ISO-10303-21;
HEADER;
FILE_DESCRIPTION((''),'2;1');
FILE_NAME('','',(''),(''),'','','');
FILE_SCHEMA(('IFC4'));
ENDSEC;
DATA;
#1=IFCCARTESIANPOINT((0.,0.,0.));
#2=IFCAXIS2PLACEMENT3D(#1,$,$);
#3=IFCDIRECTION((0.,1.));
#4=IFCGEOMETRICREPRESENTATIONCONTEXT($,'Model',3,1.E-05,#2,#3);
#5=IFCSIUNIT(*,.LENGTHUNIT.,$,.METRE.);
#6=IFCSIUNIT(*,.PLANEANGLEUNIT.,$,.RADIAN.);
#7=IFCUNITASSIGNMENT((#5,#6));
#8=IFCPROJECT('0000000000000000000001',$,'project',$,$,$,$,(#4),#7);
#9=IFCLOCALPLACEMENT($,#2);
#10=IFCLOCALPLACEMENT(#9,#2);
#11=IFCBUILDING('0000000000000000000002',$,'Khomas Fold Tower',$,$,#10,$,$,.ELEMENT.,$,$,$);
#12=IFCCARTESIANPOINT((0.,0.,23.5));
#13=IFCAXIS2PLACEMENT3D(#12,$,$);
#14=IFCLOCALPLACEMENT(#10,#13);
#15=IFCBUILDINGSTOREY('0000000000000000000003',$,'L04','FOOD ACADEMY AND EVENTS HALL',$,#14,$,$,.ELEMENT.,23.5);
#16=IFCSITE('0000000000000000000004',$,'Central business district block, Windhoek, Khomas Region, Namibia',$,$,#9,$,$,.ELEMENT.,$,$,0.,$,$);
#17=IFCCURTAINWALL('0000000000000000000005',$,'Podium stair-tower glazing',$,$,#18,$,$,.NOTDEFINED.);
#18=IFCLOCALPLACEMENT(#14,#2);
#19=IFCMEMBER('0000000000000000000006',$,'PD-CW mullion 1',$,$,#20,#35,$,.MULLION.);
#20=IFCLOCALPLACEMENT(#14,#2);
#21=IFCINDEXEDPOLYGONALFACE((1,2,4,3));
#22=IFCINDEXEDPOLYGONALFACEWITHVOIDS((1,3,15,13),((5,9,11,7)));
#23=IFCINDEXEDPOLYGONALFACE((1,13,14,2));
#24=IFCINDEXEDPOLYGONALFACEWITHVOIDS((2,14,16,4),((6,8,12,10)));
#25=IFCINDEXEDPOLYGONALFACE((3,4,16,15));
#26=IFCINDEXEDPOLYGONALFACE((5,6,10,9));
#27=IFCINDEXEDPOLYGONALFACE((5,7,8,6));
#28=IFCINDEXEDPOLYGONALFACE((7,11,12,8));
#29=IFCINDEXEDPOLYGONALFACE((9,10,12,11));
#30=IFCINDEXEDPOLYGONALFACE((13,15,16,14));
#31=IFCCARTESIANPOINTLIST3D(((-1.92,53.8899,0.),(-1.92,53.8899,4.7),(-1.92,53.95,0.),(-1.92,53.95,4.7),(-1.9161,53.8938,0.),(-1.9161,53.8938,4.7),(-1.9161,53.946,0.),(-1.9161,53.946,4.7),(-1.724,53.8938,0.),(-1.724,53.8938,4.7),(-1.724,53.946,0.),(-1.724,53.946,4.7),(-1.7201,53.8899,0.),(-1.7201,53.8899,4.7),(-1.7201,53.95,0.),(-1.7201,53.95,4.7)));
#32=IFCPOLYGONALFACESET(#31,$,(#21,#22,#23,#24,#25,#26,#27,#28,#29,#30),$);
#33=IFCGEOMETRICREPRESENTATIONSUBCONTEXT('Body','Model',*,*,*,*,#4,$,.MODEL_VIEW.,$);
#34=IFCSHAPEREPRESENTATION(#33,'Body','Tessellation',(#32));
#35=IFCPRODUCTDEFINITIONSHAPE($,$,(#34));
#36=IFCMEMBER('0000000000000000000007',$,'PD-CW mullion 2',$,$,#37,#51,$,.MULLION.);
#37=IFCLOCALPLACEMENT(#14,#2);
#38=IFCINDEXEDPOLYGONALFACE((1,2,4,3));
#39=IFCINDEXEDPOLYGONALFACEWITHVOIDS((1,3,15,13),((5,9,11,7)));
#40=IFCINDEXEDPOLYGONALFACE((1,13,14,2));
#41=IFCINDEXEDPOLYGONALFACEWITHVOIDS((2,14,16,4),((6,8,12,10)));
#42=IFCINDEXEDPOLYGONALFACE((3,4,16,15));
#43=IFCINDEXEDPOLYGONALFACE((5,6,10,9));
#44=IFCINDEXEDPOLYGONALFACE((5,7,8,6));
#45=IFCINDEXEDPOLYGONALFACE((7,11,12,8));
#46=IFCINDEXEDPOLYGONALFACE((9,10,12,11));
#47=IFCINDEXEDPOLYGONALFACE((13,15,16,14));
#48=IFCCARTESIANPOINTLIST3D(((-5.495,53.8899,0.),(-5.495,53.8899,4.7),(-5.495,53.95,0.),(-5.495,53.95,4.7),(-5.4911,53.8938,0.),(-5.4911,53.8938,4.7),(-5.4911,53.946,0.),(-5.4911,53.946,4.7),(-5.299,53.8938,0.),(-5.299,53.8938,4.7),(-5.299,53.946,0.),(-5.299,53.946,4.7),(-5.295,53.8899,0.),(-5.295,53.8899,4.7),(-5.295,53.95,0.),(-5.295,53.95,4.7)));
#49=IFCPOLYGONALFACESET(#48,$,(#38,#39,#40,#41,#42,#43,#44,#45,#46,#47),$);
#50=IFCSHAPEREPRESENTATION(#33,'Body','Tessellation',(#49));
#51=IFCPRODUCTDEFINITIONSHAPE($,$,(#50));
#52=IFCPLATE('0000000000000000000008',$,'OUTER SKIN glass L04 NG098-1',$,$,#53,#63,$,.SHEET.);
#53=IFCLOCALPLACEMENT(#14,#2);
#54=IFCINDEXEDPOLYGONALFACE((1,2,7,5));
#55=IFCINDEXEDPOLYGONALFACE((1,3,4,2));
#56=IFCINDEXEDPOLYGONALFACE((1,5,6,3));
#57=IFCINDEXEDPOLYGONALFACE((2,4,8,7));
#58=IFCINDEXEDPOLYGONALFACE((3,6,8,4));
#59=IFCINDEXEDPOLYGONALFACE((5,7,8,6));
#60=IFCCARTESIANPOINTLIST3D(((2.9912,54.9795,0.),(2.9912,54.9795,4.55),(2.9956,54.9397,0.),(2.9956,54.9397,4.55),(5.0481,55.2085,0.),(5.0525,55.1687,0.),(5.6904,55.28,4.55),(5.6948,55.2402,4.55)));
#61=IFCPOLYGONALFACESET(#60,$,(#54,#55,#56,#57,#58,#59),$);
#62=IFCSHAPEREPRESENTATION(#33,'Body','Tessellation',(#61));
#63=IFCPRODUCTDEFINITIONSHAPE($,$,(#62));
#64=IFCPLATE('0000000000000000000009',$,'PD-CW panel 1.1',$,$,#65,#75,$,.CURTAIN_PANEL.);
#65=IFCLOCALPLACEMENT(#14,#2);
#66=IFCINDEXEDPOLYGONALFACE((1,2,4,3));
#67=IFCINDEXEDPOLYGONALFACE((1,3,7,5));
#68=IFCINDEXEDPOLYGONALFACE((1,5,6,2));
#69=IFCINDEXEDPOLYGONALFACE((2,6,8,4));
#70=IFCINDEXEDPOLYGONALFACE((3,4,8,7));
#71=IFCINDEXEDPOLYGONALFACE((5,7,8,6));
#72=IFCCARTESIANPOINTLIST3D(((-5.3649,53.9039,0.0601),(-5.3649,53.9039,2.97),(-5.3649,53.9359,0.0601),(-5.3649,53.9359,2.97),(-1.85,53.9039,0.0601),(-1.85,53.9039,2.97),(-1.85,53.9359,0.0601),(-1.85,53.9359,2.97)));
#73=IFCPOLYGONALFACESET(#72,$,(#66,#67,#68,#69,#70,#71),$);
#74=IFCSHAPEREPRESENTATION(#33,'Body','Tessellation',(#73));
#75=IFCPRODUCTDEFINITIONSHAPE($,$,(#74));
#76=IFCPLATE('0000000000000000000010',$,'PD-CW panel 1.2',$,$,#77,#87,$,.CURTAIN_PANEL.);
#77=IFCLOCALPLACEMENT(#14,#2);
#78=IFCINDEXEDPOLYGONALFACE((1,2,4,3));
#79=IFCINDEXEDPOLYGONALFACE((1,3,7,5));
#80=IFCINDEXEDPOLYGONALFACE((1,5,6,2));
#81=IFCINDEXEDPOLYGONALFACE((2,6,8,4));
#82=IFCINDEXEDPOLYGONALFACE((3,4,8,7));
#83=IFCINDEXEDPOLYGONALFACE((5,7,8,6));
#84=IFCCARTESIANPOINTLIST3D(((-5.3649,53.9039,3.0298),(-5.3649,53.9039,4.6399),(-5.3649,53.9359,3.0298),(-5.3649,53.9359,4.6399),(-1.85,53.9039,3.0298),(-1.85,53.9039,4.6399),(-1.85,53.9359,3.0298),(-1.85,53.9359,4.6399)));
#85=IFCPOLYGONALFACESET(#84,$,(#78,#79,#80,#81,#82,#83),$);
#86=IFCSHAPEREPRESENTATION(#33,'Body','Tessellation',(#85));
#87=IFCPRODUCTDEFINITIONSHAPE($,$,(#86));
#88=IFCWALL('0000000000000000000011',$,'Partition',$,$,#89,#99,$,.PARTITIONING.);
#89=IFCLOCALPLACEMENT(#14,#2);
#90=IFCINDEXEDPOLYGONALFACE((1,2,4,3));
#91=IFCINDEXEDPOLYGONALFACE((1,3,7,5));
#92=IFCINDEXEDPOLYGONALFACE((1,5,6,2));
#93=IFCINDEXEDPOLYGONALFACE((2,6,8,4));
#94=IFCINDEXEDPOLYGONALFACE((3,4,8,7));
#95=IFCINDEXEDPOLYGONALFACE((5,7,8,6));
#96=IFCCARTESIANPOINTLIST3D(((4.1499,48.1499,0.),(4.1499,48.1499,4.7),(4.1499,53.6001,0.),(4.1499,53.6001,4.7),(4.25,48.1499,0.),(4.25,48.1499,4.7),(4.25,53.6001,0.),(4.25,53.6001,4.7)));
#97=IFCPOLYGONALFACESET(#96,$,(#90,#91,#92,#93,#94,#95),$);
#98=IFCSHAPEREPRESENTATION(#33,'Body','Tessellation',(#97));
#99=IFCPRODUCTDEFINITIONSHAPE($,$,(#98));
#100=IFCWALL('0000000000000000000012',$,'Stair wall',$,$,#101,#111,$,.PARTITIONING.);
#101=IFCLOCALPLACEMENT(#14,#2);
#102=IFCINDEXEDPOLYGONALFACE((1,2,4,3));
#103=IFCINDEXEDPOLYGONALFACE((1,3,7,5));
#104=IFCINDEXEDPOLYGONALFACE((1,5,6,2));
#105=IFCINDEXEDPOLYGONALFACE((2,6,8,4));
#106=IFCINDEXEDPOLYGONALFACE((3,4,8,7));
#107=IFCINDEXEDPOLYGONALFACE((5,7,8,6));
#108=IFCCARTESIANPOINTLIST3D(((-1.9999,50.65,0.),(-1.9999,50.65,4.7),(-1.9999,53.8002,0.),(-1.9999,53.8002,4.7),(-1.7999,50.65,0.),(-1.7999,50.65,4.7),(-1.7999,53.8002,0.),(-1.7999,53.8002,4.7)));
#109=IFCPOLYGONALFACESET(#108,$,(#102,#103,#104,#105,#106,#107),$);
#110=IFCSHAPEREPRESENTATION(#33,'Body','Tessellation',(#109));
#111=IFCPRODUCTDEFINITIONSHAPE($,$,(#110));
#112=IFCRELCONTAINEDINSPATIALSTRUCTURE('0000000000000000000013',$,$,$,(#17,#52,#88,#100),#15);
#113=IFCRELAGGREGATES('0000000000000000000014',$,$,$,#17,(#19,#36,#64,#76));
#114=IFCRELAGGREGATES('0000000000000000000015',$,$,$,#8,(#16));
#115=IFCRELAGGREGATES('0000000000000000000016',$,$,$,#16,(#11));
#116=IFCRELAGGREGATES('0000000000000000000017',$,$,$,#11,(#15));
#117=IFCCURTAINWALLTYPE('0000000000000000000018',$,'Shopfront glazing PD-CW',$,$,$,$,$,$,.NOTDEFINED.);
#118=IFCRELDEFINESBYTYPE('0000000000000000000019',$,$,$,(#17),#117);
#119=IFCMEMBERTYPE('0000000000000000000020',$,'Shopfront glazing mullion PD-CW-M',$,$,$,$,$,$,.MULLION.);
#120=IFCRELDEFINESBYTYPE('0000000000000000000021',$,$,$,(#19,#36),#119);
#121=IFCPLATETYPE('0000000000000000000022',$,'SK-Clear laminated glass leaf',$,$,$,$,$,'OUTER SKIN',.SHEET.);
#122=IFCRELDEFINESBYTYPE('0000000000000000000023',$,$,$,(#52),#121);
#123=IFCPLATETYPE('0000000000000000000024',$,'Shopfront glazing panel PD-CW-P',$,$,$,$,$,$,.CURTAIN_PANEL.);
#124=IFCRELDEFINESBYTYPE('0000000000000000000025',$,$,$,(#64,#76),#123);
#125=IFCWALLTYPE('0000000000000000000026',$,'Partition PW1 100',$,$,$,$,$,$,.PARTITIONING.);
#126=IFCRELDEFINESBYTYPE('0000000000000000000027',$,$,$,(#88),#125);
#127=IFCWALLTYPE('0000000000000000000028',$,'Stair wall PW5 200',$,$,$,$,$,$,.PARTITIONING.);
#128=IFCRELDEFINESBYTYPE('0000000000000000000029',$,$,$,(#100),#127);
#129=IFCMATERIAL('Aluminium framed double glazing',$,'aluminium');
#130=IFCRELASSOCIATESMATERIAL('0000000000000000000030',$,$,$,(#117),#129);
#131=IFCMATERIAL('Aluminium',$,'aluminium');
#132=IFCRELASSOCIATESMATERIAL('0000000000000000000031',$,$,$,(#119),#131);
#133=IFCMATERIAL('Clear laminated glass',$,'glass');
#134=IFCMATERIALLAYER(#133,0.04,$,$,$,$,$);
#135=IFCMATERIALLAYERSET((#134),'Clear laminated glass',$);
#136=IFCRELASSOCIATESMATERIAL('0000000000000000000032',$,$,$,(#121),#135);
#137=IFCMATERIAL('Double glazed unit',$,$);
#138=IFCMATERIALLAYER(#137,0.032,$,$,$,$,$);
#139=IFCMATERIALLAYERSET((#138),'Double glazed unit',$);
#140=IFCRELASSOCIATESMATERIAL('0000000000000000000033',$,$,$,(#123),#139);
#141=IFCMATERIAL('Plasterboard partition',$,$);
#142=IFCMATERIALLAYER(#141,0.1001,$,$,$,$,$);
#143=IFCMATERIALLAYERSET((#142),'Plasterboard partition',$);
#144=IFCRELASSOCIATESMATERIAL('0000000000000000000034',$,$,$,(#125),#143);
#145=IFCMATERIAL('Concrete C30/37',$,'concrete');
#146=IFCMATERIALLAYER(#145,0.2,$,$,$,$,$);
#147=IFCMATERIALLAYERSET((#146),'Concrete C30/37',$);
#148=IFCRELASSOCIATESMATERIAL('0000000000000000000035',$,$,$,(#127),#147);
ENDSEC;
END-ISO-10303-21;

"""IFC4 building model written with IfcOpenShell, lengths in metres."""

from ifc_helpers import new_model, si_unit, direction, frame, frame_2d, origin, origin_2d, place, context, subcontext, project, spatial, polyline, rectangle, hollow_rectangle, outline, extrude, source, transform, mapped, material, layer, layer_set, material_profile, profile_set, type_object, element, aggregate, save


model = new_model("IFC4")

# Units and contexts
model_context = context("Model", 3, precision=1e-05, world=origin(), true_north=direction((0.0, 1.0)))
body_context = subcontext(model_context, "Body", "Model", "MODEL_VIEW")
ifc_project = project(units=[si_unit("LENGTHUNIT", "METRE"), si_unit("PLANEANGLEUNIT", "RADIAN")], contexts=[model_context])

# Site, building, storey
site_placement = place(None, origin())
site = spatial("IfcSite", under=ifc_project, at=site_placement, Name="Central business district block, Windhoek, Khomas Region, Namibia", CompositionType="ELEMENT", RefElevation=0.0)
building_placement = place(site_placement, origin())
building = spatial("IfcBuilding", under=site, at=building_placement, Name="Khomas Fold Tower", CompositionType="ELEMENT")
storey_placement = place(building_placement, frame((0.0, 0.0, 23.5)))
storey = spatial("IfcBuildingStorey", under=building, at=storey_placement, Name="L04", Description="FOOD ACADEMY AND EVENTS HALL", CompositionType="ELEMENT", Elevation=23.5)

# Curtain wall, members
ifc_material_1 = material(Name="Aluminium framed double glazing", Category="aluminium")
curtain_wall_type = type_object("IfcCurtainWallType", Name="Shopfront glazing PD-CW", PredefinedType="NOTDEFINED", material=ifc_material_1)
curtain_wall_placement = place(storey_placement, origin())
curtain_wall = element("IfcCurtainWall", 1, at=curtain_wall_placement, inside=storey, type_object=curtain_wall_type, Name="Podium stair-tower glazing", PredefinedType="NOTDEFINED")
ifc_material_2 = material(Name="Aluminium", Category="aluminium")
ifc_material_profile_1 = material_profile(ifc_material_2, hollow_rectangle(XDim=0.0601, YDim=0.2, WallThickness=0.0039, at=origin_2d()), Name="Shopfront glazing mullion PD-CW-M")
ifc_profile_set_1 = profile_set([ifc_material_profile_1], Name="Aluminium")
member_type_1 = type_object("IfcMemberType", Name="Shopfront glazing mullion PD-CW-M", PredefinedType="MULLION", material=ifc_profile_set_1)
shared_shape_1 = source(origin(), body_context, "Body", "SweptSolid", [
    extrude(hollow_rectangle(XDim=0.0601, YDim=0.2, WallThickness=0.0039, at=origin_2d()), origin(), (0.0, 0.0, 1.0), 4.7),
])
member_1_placement = place(storey_placement, frame((-1.8201, 53.9199, 0.0), z_axis=(0.0, 0.0, 1.0), x_axis=(0.0, -1.0, 0.0)))
member_1 = element("IfcMember", 2, at=member_1_placement, type_object=member_type_1, Name="PD-CW mullion 1", PredefinedType="MULLION", context=body_context, shape_type="MappedRepresentation", body=[
    mapped(shared_shape_1, transform((0.0, 0.0, 0.0))),
])
member_2_placement = place(storey_placement, frame((-5.395, 53.9199, 0.0), z_axis=(0.0, 0.0, 1.0), x_axis=(0.0, -1.0, 0.0)))
member_2 = element("IfcMember", 3, at=member_2_placement, type_object=member_type_1, Name="PD-CW mullion 2", PredefinedType="MULLION", context=body_context, shape_type="MappedRepresentation", body=[
    mapped(shared_shape_1, transform((0.0, 0.0, 0.0))),
])

# Plates
ifc_material_3 = material(Name="Clear laminated glass", Category="glass")
ifc_layer_1 = layer(ifc_material_3, 0.04)
ifc_layer_set_1 = layer_set([ifc_layer_1], Name="Clear laminated glass")
plate_type_1 = type_object("IfcPlateType", Name="SK-Clear laminated glass leaf", ElementType="OUTER SKIN", PredefinedType="SHEET", material=ifc_layer_set_1)
plate_1_placement = place(storey_placement, frame((5.6948, 55.2402, 4.55), z_axis=(0.110655, -0.993859, 0.000002), x_axis=(-0.139768, -0.015563, -0.990062)))
element("IfcPlate", 4, at=plate_1_placement, inside=storey, type_object=plate_type_1, Name="OUTER SKIN glass L04 NG098-1", PredefinedType="SHEET", context=body_context, shape_type="SweptSolid", body=[
    extrude(outline(polyline([(0.0, 0.0), (4.5957, 0.0), (4.8868, -2.049), (0.3819, -2.6889), (0.0, 0.0)])), origin(), (0.0, 0.0, -1.0), 0.04),
])
ifc_material_4 = material(Name="Double glazed unit")
ifc_layer_2 = layer(ifc_material_4, 0.032)
ifc_layer_set_2 = layer_set([ifc_layer_2], Name="Double glazed unit")
plate_type_2 = type_object("IfcPlateType", Name="Shopfront glazing panel PD-CW-P", PredefinedType="CURTAIN_PANEL", material=ifc_layer_set_2)
shared_shape_2 = source(origin(), body_context, "Body", "SweptSolid", [
    extrude(rectangle(XDim=3.5149, YDim=0.032, at=origin_2d()), origin(), (0.0, 0.0, 1.0), 2.9099),
])
plate_2_placement = place(storey_placement, frame((-3.6074, 53.9199, 0.0601), z_axis=(0.0, 0.0, 1.0), x_axis=(-1.0, 0.0, 0.0)))
plate_2 = element("IfcPlate", 5, at=plate_2_placement, type_object=plate_type_2, Name="PD-CW panel 1.1", PredefinedType="CURTAIN_PANEL", context=body_context, shape_type="MappedRepresentation", body=[
    mapped(shared_shape_2, transform((0.0, 0.0, 0.0))),
])
shared_shape_3 = source(origin(), body_context, "Body", "SweptSolid", [
    extrude(rectangle(XDim=3.5149, YDim=0.032, at=origin_2d()), origin(), (0.0, 0.0, 1.0), 1.6101),
])
plate_3_placement = place(storey_placement, frame((-3.6074, 53.9199, 3.0298), z_axis=(0.0, 0.0, 1.0), x_axis=(-1.0, 0.0, 0.0)))
plate_3 = element("IfcPlate", 6, at=plate_3_placement, type_object=plate_type_2, Name="PD-CW panel 1.2", PredefinedType="CURTAIN_PANEL", context=body_context, shape_type="MappedRepresentation", body=[
    mapped(shared_shape_3, transform((0.0, 0.0, 0.0))),
])
aggregate(curtain_wall, [member_1, member_2, plate_2, plate_3])

# Walls
ifc_material_5 = material(Name="Plasterboard partition")
ifc_layer_3 = layer(ifc_material_5, 0.1001)
ifc_layer_set_3 = layer_set([ifc_layer_3], Name="Plasterboard partition")
wall_type_1 = type_object("IfcWallType", Name="Partition PW1 100", PredefinedType="PARTITIONING", material=ifc_layer_set_3)
shared_shape_4 = source(origin(), body_context, "Body", "SweptSolid", [
    extrude(rectangle(XDim=5.4502, YDim=0.1001, at=frame_2d((2.7251, 0.0))), origin(), (0.0, 0.0, 1.0), 4.7),
])
wall_1_placement = place(storey_placement, frame((4.2, 48.1499, 0.0), z_axis=(0.0, 0.0, 1.0), x_axis=(0.0, 1.0, 0.0)))
element("IfcWall", 7, at=wall_1_placement, inside=storey, type_object=wall_type_1, Name="Partition", PredefinedType="PARTITIONING", context=body_context, shape_type="MappedRepresentation", body=[
    mapped(shared_shape_4, transform((0.0, 0.0, 0.0))),
])
ifc_material_6 = material(Name="Concrete C30/37", Category="concrete")
ifc_layer_4 = layer(ifc_material_6, 0.2)
ifc_layer_set_4 = layer_set([ifc_layer_4], Name="Concrete C30/37")
wall_type_2 = type_object("IfcWallType", Name="Stair wall PW5 200", PredefinedType="PARTITIONING", material=ifc_layer_set_4)
shared_shape_5 = source(origin(), body_context, "Body", "SweptSolid", [
    extrude(rectangle(XDim=3.1501, YDim=0.2, at=frame_2d((1.5752, 0.0))), origin(), (0.0, 0.0, 1.0), 4.7),
])
wall_2_placement = place(storey_placement, frame((-1.8999, 50.6499, 0.0), z_axis=(0.0, 0.0, 1.0), x_axis=(0.0, 1.0, 0.0)))
element("IfcWall", 8, at=wall_2_placement, inside=storey, type_object=wall_type_2, Name="Stair wall", PredefinedType="PARTITIONING", context=body_context, shape_type="MappedRepresentation", body=[
    mapped(shared_shape_5, transform((0.0, 0.0, 0.0))),
])

save(model, "model.ifc")
